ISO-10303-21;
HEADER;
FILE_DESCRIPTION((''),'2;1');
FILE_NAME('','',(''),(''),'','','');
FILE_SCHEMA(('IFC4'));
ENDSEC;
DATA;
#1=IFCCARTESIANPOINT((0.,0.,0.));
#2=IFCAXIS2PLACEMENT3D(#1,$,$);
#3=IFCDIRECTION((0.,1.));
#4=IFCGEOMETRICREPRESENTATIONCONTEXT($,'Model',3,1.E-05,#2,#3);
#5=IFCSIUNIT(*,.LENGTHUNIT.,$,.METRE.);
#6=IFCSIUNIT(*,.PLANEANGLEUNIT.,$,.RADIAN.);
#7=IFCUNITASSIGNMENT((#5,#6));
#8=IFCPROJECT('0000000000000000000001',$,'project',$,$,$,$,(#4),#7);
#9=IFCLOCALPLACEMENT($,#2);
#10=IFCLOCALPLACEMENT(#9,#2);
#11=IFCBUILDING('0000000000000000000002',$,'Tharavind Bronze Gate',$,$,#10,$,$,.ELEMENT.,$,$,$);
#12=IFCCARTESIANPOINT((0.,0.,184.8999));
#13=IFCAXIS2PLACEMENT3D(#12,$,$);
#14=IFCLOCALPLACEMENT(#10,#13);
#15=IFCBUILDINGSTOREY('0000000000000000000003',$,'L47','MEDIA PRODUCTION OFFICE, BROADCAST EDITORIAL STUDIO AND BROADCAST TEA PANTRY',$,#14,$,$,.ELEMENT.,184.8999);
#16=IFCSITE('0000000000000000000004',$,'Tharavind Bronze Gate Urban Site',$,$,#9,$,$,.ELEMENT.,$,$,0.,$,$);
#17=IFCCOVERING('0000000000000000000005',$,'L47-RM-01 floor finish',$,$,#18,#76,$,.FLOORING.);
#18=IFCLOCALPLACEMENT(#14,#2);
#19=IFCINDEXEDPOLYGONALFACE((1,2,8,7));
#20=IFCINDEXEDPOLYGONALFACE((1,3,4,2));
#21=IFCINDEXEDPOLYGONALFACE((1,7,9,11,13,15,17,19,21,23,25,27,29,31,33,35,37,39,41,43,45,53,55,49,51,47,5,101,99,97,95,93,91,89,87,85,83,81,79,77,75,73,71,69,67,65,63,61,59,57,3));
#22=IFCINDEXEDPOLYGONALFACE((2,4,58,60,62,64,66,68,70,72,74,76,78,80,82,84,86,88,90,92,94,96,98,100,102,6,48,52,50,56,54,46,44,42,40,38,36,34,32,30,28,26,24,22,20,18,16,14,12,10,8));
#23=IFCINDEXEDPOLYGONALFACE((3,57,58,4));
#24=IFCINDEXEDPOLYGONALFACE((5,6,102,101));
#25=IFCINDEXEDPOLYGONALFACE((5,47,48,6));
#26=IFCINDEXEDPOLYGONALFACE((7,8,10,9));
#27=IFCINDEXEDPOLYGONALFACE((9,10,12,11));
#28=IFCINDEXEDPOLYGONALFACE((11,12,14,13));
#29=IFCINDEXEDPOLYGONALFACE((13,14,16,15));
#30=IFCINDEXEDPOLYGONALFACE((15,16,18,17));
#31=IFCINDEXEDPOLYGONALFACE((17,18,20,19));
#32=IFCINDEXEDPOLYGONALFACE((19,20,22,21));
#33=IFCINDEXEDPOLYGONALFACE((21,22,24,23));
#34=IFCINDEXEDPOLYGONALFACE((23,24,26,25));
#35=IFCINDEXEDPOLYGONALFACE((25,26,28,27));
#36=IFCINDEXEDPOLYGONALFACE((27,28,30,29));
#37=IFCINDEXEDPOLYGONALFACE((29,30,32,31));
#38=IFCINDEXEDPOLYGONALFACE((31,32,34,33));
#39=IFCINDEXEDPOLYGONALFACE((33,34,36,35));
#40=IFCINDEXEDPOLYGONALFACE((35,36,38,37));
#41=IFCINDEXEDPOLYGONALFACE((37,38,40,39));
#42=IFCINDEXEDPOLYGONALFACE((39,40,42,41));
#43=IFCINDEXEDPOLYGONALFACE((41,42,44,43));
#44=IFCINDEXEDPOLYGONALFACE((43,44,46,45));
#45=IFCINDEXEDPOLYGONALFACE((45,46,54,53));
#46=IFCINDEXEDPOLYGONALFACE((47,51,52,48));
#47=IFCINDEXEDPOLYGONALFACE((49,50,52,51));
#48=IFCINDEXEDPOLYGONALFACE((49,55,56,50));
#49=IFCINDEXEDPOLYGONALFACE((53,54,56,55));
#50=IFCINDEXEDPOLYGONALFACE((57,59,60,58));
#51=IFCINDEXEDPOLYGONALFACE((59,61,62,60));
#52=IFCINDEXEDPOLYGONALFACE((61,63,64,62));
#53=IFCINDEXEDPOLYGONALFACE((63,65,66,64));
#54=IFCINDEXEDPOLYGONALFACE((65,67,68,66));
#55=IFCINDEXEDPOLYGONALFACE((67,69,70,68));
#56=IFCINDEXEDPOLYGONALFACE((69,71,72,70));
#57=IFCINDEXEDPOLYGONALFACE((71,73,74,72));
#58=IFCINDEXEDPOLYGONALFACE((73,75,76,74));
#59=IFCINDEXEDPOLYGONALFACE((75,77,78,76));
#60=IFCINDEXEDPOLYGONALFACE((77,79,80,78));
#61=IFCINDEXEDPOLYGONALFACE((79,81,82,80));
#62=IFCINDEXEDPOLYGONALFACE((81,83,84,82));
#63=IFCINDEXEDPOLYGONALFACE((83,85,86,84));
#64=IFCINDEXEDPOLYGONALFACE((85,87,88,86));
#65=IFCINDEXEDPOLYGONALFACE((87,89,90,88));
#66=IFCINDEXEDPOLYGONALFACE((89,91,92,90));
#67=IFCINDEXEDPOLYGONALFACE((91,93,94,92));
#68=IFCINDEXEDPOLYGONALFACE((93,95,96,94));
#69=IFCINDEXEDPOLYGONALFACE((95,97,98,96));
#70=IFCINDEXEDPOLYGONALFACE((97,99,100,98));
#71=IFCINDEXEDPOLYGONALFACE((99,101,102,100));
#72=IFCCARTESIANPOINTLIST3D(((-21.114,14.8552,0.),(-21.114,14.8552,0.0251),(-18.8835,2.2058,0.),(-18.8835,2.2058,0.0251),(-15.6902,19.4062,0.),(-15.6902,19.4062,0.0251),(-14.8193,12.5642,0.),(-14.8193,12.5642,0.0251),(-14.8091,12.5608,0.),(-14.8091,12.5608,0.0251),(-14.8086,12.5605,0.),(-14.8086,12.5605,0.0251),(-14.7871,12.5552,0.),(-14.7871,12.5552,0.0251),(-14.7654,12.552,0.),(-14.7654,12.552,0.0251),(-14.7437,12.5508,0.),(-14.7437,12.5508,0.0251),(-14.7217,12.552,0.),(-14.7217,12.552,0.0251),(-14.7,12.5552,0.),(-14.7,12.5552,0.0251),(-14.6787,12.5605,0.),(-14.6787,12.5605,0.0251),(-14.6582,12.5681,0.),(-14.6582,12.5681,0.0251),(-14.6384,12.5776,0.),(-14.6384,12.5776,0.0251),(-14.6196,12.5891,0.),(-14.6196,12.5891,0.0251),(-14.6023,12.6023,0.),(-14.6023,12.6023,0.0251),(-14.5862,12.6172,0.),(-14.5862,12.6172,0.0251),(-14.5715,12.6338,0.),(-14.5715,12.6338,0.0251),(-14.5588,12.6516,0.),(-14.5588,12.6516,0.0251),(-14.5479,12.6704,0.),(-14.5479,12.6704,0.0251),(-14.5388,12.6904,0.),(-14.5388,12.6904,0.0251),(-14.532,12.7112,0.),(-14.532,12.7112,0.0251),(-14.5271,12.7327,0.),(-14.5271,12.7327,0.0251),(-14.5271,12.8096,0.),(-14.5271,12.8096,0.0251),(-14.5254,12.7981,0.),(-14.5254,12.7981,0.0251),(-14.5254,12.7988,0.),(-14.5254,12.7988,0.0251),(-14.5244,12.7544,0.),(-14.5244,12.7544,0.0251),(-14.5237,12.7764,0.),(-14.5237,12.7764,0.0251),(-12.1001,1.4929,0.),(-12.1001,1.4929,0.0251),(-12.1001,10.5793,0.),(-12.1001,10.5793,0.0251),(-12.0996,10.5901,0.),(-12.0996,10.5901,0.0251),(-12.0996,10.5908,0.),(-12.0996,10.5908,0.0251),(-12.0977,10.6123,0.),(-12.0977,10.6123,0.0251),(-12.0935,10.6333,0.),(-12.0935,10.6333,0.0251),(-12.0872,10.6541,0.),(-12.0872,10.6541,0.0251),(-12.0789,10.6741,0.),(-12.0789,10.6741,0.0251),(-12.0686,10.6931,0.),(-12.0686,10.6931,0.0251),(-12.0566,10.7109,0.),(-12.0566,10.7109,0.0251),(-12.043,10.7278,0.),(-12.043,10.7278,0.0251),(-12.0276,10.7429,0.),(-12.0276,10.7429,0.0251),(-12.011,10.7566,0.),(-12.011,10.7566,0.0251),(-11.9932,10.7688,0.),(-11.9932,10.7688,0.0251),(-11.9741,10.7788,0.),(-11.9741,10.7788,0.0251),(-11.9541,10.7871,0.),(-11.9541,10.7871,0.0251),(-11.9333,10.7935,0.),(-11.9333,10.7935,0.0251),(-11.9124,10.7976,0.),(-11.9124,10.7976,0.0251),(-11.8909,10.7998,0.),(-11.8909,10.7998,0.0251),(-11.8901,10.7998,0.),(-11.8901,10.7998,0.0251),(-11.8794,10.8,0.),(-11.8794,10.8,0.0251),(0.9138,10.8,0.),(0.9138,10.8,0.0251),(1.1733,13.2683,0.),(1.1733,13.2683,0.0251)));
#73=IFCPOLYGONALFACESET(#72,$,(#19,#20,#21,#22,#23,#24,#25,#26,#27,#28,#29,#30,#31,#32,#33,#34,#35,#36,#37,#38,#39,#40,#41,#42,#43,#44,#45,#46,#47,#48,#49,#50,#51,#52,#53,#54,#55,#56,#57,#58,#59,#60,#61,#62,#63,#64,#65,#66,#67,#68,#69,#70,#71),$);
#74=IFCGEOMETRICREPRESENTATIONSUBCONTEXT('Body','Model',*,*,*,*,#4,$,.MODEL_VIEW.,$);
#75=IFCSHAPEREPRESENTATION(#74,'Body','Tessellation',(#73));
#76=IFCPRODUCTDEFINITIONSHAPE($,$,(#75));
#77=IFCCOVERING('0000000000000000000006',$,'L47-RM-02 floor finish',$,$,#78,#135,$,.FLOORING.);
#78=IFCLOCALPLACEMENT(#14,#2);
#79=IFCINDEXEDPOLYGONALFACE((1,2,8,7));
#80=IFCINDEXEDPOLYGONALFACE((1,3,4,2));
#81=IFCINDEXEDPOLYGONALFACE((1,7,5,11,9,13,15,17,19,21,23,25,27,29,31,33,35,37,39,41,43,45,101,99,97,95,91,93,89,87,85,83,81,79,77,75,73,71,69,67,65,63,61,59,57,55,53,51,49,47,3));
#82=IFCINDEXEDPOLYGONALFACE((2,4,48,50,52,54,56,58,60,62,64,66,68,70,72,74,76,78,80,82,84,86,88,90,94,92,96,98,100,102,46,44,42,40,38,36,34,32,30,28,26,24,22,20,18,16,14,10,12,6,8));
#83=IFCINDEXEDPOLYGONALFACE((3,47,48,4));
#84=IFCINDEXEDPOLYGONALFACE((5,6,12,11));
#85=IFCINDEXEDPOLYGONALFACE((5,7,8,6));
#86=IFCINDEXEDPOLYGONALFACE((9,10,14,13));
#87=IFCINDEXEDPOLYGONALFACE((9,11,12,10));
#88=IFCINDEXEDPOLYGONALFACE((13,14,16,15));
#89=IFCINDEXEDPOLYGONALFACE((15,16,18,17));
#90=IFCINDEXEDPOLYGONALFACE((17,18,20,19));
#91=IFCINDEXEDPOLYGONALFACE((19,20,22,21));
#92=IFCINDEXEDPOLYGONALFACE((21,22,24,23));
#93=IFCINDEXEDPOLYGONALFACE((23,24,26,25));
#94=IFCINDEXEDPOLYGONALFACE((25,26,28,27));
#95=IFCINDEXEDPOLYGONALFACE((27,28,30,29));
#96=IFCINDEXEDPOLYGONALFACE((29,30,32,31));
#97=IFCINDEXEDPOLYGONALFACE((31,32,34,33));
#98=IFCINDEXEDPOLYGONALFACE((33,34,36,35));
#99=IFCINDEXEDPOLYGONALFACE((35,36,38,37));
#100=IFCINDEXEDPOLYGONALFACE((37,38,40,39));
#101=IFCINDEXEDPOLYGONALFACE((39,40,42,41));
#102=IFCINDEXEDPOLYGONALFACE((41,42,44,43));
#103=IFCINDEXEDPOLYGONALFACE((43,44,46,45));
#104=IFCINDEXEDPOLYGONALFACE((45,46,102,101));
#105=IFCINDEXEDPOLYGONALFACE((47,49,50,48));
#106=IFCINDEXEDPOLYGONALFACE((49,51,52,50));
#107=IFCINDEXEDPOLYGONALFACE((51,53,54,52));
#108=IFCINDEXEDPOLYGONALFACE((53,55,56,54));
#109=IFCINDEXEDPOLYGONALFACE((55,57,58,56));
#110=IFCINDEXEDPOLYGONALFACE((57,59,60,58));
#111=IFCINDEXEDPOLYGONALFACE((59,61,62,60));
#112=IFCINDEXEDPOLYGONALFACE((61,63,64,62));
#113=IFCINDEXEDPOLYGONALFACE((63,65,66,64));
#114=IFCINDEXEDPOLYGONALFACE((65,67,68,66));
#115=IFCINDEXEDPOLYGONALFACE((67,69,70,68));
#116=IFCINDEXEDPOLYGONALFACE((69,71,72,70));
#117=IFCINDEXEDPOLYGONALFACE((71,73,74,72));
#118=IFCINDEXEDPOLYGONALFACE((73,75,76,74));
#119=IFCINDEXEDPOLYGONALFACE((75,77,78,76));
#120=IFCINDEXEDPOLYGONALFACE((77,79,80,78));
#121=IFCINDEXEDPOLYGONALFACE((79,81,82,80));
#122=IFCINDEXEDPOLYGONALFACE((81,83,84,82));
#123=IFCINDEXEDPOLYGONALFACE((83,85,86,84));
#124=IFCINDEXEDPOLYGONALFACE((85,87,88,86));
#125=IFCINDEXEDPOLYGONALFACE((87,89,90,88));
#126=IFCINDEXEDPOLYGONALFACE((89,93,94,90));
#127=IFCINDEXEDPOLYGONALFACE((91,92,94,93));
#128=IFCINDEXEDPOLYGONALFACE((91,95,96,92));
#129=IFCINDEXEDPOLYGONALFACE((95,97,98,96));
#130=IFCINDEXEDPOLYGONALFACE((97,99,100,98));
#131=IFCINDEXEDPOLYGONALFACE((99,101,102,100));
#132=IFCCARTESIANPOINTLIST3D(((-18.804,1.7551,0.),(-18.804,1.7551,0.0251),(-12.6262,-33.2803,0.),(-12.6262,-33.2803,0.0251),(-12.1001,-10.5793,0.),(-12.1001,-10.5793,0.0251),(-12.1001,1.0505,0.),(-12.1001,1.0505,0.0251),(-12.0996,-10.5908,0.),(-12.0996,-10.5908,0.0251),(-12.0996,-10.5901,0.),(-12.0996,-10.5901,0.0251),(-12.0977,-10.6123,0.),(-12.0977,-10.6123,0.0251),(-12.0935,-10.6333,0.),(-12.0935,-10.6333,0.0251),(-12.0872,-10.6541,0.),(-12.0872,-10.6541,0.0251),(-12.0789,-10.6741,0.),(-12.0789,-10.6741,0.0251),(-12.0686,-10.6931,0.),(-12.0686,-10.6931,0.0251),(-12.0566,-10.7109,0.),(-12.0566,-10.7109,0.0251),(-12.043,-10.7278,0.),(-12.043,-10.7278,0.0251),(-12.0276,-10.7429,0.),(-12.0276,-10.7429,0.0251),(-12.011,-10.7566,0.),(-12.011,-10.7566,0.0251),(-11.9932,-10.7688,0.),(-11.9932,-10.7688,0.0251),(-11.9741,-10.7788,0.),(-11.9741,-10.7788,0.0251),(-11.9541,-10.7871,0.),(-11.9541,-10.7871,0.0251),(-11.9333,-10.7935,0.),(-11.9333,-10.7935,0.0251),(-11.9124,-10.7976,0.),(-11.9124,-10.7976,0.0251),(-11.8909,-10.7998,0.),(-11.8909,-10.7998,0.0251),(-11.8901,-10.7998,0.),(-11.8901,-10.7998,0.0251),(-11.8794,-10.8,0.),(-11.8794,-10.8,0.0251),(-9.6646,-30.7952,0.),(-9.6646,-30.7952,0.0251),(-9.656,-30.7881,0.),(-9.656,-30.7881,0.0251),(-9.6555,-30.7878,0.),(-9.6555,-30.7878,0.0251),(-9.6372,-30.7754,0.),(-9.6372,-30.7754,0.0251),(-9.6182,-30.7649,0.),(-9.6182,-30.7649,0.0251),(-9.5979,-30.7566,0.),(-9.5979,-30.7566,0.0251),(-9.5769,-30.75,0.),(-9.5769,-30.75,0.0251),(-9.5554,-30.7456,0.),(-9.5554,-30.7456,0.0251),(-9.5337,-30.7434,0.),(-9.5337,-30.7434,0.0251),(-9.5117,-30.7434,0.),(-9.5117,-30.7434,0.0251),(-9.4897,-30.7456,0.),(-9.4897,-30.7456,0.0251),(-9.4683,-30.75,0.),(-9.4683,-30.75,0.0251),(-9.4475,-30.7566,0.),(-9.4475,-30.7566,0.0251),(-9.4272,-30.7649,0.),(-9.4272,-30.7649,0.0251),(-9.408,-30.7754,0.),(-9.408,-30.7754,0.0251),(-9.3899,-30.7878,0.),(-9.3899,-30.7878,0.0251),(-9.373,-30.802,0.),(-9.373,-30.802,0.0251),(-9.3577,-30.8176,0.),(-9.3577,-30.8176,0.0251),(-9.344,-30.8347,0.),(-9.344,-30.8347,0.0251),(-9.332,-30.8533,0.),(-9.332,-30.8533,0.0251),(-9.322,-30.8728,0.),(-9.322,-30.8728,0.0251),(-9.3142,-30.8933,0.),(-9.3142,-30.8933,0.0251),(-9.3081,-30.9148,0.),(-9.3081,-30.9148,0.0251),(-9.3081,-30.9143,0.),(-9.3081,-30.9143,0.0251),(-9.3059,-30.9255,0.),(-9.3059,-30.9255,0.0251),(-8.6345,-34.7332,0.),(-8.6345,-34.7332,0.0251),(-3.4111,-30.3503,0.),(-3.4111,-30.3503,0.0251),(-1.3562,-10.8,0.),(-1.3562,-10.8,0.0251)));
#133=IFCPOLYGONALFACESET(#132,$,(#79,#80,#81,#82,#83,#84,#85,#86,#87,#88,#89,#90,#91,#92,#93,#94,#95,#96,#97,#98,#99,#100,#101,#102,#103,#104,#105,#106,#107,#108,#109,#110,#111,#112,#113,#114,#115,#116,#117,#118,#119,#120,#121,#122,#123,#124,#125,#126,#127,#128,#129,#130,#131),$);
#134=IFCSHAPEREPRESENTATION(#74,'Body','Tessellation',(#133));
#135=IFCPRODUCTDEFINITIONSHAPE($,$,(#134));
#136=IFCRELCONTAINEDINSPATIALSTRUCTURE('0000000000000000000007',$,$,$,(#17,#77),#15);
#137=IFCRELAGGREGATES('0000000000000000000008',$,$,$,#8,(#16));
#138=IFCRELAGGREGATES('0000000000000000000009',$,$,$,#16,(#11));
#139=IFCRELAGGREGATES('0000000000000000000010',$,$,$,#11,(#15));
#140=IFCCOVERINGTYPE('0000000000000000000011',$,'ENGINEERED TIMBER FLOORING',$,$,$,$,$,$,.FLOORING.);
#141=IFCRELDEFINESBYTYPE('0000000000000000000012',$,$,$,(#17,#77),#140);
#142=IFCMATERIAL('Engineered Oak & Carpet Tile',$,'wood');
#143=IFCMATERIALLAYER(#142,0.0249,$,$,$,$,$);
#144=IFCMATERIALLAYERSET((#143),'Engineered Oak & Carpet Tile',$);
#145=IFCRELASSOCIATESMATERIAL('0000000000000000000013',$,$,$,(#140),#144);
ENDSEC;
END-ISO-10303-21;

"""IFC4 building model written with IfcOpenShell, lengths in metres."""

from ifc_helpers import new_model, si_unit, direction, frame, origin, place, context, subcontext, project, spatial, polyline, outline, extrude, material, layer, layer_set, type_object, element, save


model = new_model("IFC4")

# Units and contexts
model_context = context("Model", 3, precision=1e-05, world=origin(), true_north=direction((0.0, 1.0)))
body_context = subcontext(model_context, "Body", "Model", "MODEL_VIEW")
ifc_project = project(units=[si_unit("LENGTHUNIT", "METRE"), si_unit("PLANEANGLEUNIT", "RADIAN")], contexts=[model_context])

# Site, building, storey
site_placement = place(None, origin())
site = spatial("IfcSite", under=ifc_project, at=site_placement, Name="Tharavind Bronze Gate Urban Site", CompositionType="ELEMENT", RefElevation=0.0)
building_placement = place(site_placement, origin())
building = spatial("IfcBuilding", under=site, at=building_placement, Name="Tharavind Bronze Gate", CompositionType="ELEMENT")
storey_placement = place(building_placement, frame((0.0, 0.0, 184.8999)))
storey = spatial("IfcBuildingStorey", under=building, at=storey_placement, Name="L47", Description="MEDIA PRODUCTION OFFICE, BROADCAST EDITORIAL STUDIO AND BROADCAST TEA PANTRY", CompositionType="ELEMENT", Elevation=184.8999)

# Coverings
ifc_material_1 = material(Name="Engineered Oak & Carpet Tile", Category="wood")
ifc_layer_1 = layer(ifc_material_1, 0.0249)
ifc_layer_set_1 = layer_set([ifc_layer_1], Name="Engineered Oak & Carpet Tile")
covering_type_1 = type_object("IfcCoveringType", Name="ENGINEERED TIMBER FLOORING", PredefinedType="FLOORING", material=ifc_layer_set_1)
covering_1_placement = place(storey_placement, origin())
element("IfcCovering", 1, at=covering_1_placement, inside=storey, type_object=covering_type_1, Name="L47-RM-01 floor finish", PredefinedType="FLOORING", context=body_context, shape_type="SweptSolid", body=[
    extrude(outline(polyline([(-18.8835, 2.2058), (-12.1001, 1.4929), (-12.1001, 10.5793), (-12.0996, 10.5901), (-12.0996, 10.5908), (-12.0977, 10.6123), (-12.0935, 10.6333), (-12.0872, 10.6541), (-12.0789, 10.6741), (-12.0686, 10.6931), (-12.0566, 10.7109), (-12.043, 10.7278), (-12.0276, 10.7429), (-12.011, 10.7566), (-11.9932, 10.7688), (-11.9741, 10.7788), (-11.9541, 10.7871), (-11.9333, 10.7935), (-11.9124, 10.7976), (-11.8909, 10.7998), (-11.8901, 10.7998), (-11.8794, 10.8), (0.9138, 10.8), (1.1733, 13.2683), (-15.6902, 19.4062), (-14.5271, 12.8096), (-14.5254, 12.7988), (-14.5254, 12.7981), (-14.5237, 12.7764), (-14.5244, 12.7544), (-14.5271, 12.7327), (-14.532, 12.7112), (-14.5388, 12.6904), (-14.5479, 12.6704), (-14.5588, 12.6516), (-14.5715, 12.6338), (-14.5862, 12.6172), (-14.6023, 12.6023), (-14.6196, 12.5891), (-14.6384, 12.5776), (-14.6582, 12.5681), (-14.6787, 12.5605), (-14.7, 12.5552), (-14.7217, 12.552), (-14.7437, 12.5508), (-14.7654, 12.552), (-14.7871, 12.5552), (-14.8086, 12.5605), (-14.8091, 12.5608), (-14.8193, 12.5642), (-21.114, 14.8552), (-18.8835, 2.2058)])), origin(), (0.0, 0.0, 1.0), 0.0251),
])
covering_2_placement = place(storey_placement, origin())
element("IfcCovering", 2, at=covering_2_placement, inside=storey, type_object=covering_type_1, Name="L47-RM-02 floor finish", PredefinedType="FLOORING", context=body_context, shape_type="SweptSolid", body=[
    extrude(outline(polyline([(-12.6262, -33.2803), (-9.6646, -30.7952), (-9.656, -30.7881), (-9.6555, -30.7878), (-9.6372, -30.7754), (-9.6182, -30.7649), (-9.5979, -30.7566), (-9.5769, -30.75), (-9.5554, -30.7456), (-9.5337, -30.7434), (-9.5117, -30.7434), (-9.4897, -30.7456), (-9.4683, -30.75), (-9.4475, -30.7566), (-9.4272, -30.7649), (-9.408, -30.7754), (-9.3899, -30.7878), (-9.373, -30.802), (-9.3577, -30.8176), (-9.344, -30.8347), (-9.332, -30.8533), (-9.322, -30.8728), (-9.3142, -30.8933), (-9.3081, -30.9143), (-9.3081, -30.9148), (-9.3059, -30.9255), (-8.6345, -34.7332), (-3.4111, -30.3503), (-1.3562, -10.8), (-11.8794, -10.8), (-11.8901, -10.7998), (-11.8909, -10.7998), (-11.9124, -10.7976), (-11.9333, -10.7935), (-11.9541, -10.7871), (-11.9741, -10.7788), (-11.9932, -10.7688), (-12.011, -10.7566), (-12.0276, -10.7429), (-12.043, -10.7278), (-12.0566, -10.7109), (-12.0686, -10.6931), (-12.0789, -10.6741), (-12.0872, -10.6541), (-12.0935, -10.6333), (-12.0977, -10.6123), (-12.0996, -10.5908), (-12.0996, -10.5901), (-12.1001, -10.5793), (-12.1001, 1.0505), (-18.804, 1.7551), (-12.6262, -33.2803)])), origin(), (0.0, 0.0, 1.0), 0.0251),
])

save(model, "model.ifc")
